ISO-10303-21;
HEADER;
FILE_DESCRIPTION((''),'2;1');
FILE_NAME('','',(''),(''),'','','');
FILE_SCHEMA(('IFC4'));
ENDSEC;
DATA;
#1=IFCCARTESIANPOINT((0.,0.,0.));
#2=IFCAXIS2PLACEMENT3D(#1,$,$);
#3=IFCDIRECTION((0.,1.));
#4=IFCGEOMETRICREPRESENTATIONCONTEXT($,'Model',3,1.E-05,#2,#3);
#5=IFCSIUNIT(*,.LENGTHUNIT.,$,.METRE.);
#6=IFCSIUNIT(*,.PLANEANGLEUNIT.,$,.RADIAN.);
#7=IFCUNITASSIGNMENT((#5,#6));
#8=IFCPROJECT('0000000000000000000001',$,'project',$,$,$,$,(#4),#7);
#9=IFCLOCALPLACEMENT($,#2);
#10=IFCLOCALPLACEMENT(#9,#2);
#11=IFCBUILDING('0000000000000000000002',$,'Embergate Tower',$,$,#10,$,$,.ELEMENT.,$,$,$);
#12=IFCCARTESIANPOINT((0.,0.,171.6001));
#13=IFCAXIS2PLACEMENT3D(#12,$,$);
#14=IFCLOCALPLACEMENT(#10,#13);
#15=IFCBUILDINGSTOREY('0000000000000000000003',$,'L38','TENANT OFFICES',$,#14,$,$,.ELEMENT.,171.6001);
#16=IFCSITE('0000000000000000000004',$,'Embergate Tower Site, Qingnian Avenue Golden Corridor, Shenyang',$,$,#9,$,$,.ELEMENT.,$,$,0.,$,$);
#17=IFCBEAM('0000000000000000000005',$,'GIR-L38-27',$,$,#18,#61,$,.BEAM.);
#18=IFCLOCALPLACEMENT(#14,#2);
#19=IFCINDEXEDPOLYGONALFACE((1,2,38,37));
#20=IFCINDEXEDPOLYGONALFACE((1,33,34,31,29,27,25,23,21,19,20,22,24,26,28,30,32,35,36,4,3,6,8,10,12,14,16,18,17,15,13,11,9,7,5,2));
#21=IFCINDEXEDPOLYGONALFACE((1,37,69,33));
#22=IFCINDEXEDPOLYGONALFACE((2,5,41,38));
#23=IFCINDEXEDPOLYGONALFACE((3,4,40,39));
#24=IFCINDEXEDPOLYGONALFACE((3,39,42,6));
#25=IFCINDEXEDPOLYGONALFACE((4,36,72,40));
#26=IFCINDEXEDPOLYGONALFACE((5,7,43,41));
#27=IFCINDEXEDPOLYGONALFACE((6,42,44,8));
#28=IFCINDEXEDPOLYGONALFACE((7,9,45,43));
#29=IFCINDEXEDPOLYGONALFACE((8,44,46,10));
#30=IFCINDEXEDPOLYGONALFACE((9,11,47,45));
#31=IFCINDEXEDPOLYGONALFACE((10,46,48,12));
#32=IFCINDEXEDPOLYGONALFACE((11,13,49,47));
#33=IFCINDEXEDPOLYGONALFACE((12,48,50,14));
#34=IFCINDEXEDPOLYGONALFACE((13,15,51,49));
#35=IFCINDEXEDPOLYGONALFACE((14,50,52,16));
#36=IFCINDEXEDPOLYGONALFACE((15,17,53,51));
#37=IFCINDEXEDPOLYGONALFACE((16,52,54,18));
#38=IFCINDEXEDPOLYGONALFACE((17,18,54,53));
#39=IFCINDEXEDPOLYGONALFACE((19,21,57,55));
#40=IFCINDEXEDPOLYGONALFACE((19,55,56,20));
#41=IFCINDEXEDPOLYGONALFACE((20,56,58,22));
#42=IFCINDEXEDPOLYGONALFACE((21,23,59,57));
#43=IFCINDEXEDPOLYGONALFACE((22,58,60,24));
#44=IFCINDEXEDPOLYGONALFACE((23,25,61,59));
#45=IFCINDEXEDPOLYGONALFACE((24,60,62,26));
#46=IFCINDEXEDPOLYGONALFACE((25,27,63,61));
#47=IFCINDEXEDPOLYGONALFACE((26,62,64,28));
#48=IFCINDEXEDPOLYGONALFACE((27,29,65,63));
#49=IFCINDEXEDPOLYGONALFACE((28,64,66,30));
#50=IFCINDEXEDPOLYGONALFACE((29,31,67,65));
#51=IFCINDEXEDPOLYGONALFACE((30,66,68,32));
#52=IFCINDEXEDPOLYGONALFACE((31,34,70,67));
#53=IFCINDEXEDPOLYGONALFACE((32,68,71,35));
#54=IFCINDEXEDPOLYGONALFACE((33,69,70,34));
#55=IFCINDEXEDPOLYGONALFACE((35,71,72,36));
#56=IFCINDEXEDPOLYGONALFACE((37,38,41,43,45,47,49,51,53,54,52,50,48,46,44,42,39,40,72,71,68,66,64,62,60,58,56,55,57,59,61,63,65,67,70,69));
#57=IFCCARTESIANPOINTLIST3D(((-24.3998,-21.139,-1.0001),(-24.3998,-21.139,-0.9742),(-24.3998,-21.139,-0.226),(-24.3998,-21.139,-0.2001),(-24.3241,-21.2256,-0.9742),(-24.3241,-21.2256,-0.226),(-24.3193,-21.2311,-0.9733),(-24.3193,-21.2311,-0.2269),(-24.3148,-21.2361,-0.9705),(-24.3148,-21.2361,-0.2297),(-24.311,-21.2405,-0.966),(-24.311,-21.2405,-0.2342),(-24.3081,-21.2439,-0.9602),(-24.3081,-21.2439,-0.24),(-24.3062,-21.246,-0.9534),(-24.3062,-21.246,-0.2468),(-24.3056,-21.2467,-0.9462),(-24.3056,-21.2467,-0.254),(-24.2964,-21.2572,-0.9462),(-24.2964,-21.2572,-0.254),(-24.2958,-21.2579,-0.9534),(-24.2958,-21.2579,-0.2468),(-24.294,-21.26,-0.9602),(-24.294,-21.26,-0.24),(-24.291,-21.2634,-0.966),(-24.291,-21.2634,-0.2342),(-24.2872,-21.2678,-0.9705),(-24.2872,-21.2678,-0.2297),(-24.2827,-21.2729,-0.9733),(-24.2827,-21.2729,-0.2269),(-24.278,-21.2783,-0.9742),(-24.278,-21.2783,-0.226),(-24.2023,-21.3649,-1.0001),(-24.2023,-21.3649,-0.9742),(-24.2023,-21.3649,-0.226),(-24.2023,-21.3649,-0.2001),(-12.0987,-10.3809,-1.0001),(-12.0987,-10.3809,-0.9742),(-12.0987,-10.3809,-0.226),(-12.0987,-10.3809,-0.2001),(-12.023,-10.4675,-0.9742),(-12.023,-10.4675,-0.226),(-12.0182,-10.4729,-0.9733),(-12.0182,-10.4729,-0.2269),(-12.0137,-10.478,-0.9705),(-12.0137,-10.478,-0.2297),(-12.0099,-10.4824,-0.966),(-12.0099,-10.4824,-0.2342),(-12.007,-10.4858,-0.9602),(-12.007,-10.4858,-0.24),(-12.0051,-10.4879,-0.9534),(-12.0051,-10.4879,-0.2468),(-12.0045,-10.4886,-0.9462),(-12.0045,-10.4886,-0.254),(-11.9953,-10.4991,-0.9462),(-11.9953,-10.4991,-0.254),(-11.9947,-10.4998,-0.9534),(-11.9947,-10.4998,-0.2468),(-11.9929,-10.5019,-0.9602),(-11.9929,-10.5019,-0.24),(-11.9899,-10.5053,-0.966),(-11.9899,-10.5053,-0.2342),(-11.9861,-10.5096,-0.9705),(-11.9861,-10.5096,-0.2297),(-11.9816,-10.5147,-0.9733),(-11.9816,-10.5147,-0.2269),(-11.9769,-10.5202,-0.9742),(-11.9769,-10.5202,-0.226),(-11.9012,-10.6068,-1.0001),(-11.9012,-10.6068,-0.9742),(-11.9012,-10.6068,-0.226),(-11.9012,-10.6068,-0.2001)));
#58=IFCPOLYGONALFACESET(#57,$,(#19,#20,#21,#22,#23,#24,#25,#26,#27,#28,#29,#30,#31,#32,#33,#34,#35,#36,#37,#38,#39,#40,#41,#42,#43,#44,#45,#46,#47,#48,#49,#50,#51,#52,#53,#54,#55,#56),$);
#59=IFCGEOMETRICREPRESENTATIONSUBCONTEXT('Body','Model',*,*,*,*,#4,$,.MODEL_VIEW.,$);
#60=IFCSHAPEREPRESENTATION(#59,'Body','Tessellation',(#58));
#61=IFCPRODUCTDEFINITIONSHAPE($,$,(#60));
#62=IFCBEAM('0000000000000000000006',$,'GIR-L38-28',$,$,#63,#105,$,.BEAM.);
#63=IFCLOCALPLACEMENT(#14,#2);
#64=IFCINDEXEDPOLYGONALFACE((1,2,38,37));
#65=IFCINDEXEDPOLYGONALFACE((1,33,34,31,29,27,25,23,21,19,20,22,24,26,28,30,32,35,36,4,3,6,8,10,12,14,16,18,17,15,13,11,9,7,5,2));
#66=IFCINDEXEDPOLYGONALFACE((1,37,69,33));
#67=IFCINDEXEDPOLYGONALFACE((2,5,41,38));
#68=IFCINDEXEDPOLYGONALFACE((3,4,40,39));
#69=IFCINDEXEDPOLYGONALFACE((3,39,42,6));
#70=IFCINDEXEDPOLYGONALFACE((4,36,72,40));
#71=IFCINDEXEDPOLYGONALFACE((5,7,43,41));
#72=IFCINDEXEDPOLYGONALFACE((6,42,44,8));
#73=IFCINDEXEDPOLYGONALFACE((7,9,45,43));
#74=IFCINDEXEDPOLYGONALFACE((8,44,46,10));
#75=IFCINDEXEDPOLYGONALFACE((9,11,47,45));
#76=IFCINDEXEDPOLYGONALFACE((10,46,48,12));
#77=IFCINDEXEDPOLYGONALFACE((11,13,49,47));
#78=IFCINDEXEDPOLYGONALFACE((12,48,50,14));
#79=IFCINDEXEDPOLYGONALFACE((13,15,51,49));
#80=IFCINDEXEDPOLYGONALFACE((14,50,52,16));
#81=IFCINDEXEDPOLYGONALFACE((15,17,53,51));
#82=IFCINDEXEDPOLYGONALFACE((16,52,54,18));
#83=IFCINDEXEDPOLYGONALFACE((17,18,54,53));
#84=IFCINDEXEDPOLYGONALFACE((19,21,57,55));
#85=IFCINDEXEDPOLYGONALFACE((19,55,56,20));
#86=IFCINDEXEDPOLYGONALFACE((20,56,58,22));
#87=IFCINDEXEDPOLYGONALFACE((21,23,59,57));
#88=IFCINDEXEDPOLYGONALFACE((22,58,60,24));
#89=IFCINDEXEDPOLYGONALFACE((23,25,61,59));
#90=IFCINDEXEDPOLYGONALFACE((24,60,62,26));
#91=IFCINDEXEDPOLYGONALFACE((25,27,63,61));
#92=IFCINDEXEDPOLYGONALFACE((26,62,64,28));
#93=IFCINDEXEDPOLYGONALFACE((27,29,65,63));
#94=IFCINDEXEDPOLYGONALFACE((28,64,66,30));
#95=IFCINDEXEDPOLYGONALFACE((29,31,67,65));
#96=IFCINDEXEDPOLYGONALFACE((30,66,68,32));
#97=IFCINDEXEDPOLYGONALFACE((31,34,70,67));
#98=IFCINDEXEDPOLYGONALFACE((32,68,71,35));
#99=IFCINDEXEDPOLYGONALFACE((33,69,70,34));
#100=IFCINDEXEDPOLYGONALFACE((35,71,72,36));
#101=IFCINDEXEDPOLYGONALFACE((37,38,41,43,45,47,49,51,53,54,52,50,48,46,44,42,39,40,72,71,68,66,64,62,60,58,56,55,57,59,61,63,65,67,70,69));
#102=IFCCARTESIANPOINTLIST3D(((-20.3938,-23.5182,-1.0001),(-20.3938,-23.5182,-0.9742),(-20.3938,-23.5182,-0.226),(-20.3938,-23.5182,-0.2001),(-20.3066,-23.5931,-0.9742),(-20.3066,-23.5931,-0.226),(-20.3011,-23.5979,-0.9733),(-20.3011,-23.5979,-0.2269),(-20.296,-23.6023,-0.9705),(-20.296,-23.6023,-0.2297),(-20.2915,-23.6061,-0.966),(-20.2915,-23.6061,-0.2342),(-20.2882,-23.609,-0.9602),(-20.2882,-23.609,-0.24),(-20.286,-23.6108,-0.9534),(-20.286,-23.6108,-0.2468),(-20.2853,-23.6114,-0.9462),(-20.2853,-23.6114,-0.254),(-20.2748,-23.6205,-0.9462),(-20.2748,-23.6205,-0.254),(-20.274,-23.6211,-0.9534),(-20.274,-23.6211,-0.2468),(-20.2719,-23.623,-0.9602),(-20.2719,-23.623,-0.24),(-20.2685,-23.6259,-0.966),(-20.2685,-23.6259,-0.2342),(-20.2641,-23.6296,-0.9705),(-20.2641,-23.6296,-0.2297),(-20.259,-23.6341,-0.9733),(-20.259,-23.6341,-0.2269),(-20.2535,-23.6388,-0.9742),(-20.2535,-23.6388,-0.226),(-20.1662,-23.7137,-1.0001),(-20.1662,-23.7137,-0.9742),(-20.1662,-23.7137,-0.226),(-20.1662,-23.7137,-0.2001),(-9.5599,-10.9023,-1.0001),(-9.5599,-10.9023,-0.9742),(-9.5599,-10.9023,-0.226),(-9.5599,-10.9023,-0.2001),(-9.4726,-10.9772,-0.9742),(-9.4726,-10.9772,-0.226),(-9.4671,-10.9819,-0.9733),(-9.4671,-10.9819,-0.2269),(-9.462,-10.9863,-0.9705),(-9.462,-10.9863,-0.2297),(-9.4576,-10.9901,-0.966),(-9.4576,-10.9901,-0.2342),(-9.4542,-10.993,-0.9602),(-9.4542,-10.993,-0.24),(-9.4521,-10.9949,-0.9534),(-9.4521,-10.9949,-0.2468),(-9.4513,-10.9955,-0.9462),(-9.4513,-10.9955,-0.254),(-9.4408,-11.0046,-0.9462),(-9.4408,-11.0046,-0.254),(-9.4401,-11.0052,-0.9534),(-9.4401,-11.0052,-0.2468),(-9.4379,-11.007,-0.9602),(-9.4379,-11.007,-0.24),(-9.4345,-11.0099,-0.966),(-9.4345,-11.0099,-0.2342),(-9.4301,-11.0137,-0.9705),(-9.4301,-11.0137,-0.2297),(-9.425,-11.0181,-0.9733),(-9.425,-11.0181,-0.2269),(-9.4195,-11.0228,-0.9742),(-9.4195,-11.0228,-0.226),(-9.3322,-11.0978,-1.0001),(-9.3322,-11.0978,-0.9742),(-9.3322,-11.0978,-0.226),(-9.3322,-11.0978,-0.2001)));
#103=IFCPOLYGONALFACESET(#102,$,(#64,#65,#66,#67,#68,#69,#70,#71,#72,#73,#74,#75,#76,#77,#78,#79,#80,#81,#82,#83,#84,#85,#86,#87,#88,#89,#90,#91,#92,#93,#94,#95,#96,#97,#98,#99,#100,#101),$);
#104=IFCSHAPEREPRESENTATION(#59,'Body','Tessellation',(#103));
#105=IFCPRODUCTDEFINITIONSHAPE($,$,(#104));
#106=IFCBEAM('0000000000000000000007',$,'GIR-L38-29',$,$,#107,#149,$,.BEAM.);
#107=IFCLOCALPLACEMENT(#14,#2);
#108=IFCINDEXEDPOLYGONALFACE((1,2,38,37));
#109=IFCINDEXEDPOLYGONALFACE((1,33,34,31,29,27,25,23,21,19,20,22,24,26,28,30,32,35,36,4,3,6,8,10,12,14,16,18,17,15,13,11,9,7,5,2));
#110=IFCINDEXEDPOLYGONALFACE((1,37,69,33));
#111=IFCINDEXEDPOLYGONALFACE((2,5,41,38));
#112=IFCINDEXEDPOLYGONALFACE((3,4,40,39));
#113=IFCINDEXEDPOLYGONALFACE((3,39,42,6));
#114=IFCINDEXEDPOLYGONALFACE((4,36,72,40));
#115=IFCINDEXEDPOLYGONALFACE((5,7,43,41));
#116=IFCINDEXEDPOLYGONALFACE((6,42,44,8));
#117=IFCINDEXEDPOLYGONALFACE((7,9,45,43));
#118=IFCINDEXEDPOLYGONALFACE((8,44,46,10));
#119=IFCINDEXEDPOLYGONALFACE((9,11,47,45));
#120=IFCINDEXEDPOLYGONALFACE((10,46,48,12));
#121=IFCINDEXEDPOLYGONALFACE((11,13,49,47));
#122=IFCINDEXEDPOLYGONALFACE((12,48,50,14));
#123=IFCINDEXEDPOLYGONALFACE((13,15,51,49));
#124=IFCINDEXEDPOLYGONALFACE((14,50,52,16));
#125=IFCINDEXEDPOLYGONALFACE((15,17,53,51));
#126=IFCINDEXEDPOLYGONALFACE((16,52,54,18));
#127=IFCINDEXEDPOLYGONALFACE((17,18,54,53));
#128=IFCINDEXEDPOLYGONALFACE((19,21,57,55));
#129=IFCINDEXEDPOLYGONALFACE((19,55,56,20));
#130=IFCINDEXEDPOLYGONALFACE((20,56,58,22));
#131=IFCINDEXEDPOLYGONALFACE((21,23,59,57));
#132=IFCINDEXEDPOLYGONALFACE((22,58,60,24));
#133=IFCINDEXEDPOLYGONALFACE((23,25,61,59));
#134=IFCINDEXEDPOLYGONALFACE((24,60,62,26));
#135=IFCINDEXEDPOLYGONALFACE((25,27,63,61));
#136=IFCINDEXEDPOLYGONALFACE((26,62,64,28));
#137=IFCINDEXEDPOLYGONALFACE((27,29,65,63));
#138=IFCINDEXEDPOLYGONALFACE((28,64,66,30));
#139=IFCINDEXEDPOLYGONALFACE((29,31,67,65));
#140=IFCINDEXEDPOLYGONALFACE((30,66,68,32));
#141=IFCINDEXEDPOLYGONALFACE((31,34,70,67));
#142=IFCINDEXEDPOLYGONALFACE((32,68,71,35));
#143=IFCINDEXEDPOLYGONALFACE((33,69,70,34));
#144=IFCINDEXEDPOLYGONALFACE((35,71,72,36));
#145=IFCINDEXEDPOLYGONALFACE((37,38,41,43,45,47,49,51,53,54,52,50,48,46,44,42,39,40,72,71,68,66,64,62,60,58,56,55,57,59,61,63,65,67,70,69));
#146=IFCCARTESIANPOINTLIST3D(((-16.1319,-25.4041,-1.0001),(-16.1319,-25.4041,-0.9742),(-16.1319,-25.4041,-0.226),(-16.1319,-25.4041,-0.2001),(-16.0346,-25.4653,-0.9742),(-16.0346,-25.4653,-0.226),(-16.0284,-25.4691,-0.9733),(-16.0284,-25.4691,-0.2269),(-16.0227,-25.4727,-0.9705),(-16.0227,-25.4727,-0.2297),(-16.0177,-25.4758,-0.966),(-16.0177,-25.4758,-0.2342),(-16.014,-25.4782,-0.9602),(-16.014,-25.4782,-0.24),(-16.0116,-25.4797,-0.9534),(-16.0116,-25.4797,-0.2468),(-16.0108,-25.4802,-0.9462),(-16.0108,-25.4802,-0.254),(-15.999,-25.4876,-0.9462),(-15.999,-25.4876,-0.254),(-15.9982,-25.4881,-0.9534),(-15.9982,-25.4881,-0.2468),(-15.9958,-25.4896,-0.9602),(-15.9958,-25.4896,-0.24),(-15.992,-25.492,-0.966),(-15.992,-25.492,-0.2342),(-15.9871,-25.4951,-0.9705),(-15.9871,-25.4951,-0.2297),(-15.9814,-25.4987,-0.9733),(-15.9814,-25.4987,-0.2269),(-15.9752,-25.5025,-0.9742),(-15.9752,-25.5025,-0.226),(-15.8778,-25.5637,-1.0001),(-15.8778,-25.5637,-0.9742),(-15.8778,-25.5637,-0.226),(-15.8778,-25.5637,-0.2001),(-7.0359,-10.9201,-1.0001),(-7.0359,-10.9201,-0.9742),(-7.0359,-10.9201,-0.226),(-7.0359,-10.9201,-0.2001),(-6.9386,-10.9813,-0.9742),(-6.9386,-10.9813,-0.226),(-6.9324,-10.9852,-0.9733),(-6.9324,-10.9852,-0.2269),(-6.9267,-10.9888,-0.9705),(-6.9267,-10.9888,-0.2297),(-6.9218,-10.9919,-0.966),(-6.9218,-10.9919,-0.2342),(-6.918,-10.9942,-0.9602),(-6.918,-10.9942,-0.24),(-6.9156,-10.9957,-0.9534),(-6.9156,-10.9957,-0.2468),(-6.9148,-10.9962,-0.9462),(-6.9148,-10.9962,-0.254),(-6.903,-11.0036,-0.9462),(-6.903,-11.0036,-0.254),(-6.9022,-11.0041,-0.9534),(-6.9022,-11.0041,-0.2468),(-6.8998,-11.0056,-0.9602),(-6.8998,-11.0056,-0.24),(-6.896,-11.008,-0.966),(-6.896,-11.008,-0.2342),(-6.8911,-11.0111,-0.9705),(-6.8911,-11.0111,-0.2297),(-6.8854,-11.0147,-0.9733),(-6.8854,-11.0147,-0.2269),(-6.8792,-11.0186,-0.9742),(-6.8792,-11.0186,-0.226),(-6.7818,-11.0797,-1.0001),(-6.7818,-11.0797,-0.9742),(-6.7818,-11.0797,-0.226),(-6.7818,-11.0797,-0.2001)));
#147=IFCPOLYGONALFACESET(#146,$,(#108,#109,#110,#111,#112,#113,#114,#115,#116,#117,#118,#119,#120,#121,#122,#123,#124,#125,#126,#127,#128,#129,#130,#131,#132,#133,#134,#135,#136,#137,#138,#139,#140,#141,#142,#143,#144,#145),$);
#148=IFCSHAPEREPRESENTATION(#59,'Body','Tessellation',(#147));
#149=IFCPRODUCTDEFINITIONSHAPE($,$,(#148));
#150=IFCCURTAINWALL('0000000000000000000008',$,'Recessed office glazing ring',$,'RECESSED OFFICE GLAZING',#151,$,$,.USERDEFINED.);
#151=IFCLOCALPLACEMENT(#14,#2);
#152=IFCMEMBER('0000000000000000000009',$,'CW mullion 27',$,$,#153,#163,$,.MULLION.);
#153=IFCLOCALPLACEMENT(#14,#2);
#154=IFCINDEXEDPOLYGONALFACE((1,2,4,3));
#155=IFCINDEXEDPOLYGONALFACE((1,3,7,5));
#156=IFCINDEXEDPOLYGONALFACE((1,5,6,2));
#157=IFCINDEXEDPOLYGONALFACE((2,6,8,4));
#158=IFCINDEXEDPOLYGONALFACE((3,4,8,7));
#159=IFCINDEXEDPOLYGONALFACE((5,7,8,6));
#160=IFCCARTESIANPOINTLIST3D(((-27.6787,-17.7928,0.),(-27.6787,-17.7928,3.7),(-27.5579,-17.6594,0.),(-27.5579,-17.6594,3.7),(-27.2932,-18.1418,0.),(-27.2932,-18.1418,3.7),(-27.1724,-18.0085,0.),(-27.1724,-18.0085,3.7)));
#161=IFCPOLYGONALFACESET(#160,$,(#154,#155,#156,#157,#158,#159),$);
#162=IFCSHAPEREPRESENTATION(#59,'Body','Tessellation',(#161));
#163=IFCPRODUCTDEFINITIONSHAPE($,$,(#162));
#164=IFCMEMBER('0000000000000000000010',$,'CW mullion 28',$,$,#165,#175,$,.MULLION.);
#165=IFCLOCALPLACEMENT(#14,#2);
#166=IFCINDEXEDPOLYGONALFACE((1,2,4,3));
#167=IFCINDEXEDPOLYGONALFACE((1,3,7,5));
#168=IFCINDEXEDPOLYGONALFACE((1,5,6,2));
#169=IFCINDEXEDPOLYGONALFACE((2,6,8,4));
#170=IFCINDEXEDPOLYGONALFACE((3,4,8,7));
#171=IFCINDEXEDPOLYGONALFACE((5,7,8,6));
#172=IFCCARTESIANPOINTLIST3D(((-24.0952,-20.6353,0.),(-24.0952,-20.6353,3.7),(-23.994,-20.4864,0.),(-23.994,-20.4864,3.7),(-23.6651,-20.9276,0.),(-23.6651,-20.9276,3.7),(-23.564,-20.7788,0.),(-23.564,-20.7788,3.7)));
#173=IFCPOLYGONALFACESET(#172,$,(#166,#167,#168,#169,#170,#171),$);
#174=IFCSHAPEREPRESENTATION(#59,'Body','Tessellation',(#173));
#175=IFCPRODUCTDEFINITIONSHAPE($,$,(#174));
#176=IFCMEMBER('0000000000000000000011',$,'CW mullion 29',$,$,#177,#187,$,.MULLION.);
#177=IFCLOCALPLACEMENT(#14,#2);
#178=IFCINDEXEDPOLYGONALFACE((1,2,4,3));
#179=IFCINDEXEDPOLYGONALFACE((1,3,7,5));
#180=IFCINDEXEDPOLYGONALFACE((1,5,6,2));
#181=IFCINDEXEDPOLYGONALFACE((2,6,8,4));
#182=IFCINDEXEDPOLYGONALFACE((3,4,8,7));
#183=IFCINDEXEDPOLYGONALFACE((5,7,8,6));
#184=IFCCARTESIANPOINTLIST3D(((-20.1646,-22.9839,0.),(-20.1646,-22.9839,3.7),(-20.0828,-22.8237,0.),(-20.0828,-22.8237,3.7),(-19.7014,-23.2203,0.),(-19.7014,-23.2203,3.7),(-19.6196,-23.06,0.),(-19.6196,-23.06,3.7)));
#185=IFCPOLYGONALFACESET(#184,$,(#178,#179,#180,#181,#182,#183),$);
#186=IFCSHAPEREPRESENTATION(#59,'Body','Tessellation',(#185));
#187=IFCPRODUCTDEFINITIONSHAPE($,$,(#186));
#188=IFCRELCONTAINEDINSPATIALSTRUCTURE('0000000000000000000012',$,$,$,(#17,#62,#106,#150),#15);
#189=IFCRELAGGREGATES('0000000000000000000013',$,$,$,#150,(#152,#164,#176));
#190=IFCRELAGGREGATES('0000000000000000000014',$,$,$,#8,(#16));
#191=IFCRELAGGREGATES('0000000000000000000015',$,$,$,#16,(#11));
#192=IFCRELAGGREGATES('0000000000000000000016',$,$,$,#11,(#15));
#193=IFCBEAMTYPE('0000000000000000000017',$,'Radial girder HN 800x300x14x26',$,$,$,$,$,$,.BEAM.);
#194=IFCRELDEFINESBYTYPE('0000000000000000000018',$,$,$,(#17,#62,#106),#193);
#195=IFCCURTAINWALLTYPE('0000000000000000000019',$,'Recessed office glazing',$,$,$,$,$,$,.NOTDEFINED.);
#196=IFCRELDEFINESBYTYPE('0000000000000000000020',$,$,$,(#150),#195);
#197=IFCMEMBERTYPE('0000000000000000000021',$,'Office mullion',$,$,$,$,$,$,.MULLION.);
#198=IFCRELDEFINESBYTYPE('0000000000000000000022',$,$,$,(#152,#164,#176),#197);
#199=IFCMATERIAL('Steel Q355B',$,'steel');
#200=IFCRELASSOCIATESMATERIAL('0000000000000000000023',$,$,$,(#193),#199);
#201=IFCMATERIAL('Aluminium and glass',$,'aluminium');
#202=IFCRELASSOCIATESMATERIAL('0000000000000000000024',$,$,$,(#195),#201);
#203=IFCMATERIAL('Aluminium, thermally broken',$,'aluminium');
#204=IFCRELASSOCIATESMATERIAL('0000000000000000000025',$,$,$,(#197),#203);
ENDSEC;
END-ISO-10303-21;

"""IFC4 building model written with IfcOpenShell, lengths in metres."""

from ifc_helpers import new_model, si_unit, direction, frame, origin, origin_2d, place, context, subcontext, project, spatial, rectangle, i_section, extrude, source, transform, mapped, material, material_profile, profile_set, type_object, element, aggregate, save


model = new_model("IFC4")

# Units and contexts
model_context = context("Model", 3, precision=1e-05, world=origin(), true_north=direction((0.0, 1.0)))
body_context = subcontext(model_context, "Body", "Model", "MODEL_VIEW")
ifc_project = project(units=[si_unit("LENGTHUNIT", "METRE"), si_unit("PLANEANGLEUNIT", "RADIAN")], contexts=[model_context])

# Site, building, storey
site_placement = place(None, origin())
site = spatial("IfcSite", under=ifc_project, at=site_placement, Name="Embergate Tower Site, Qingnian Avenue Golden Corridor, Shenyang", CompositionType="ELEMENT", RefElevation=0.0)
building_placement = place(site_placement, origin())
building = spatial("IfcBuilding", under=site, at=building_placement, Name="Embergate Tower", CompositionType="ELEMENT")
storey_placement = place(building_placement, frame((0.0, 0.0, 171.6001)))
storey = spatial("IfcBuildingStorey", under=building, at=storey_placement, Name="L38", Description="TENANT OFFICES", CompositionType="ELEMENT", Elevation=171.6001)

# Beams
ifc_material_1 = material(Name="Steel Q355B", Category="steel")
ifc_material_profile_1 = material_profile(ifc_material_1, i_section(OverallWidth=0.3, OverallDepth=0.8, WebThickness=0.0139, FlangeThickness=0.0259, FilletRadius=0.0281, at=origin_2d()), Name="HN 800x300x14x26")
ifc_profile_set_1 = profile_set([ifc_material_profile_1], Name="Steel Q355 grade B")
beam_type_1 = type_object("IfcBeamType", Name="Radial girder HN 800x300x14x26", PredefinedType="BEAM", material=ifc_profile_set_1)
shared_shape_1 = source(origin(), body_context, "Body", "SweptSolid", [
    extrude(i_section(OverallWidth=0.3, OverallDepth=0.8, WebThickness=0.0139, FlangeThickness=0.0259, FilletRadius=0.0281, at=origin_2d()), origin(), (0.0, 0.0, 1.0), 16.3418),
])
beam_1_placement = place(storey_placement, frame((-24.301, -21.252, -0.6001), z_axis=(0.752739, 0.658319, 0.0), x_axis=(-0.658319, 0.752739, 0.0)))
element("IfcBeam", 1, at=beam_1_placement, inside=storey, type_object=beam_type_1, Name="GIR-L38-27", PredefinedType="BEAM", context=body_context, shape_type="MappedRepresentation", body=[
    mapped(shared_shape_1, transform((0.0, 0.0, 0.0))),
])
shared_shape_2 = source(origin(), body_context, "Body", "SweptSolid", [
    extrude(i_section(OverallWidth=0.3, OverallDepth=0.8, WebThickness=0.0139, FlangeThickness=0.0259, FilletRadius=0.0281, at=origin_2d()), origin(), (0.0, 0.0, 1.0), 16.6294),
])
beam_2_placement = place(storey_placement, frame((-20.28, -23.616, -0.6001), z_axis=(0.651495, 0.758653, 0.0), x_axis=(-0.758653, 0.651495, 0.0)))
element("IfcBeam", 2, at=beam_2_placement, inside=storey, type_object=beam_type_1, Name="GIR-L38-28", PredefinedType="BEAM", context=body_context, shape_type="MappedRepresentation", body=[
    mapped(shared_shape_2, transform((0.0, 0.0, 0.0))),
])
shared_shape_3 = source(origin(), body_context, "Body", "SweptSolid", [
    extrude(i_section(OverallWidth=0.3, OverallDepth=0.8, WebThickness=0.0139, FlangeThickness=0.0259, FilletRadius=0.0281, at=origin_2d()), origin(), (0.0, 0.0, 1.0), 17.1033),
])
beam_3_placement = place(storey_placement, frame((-16.0049, -25.4839, -0.6001), z_axis=(0.531827, 0.846853, 0.0), x_axis=(-0.846853, 0.531827, 0.0)))
element("IfcBeam", 3, at=beam_3_placement, inside=storey, type_object=beam_type_1, Name="GIR-L38-29", PredefinedType="BEAM", context=body_context, shape_type="MappedRepresentation", body=[
    mapped(shared_shape_3, transform((0.0, 0.0, 0.0))),
])

# Curtain wall, members
ifc_material_2 = material(Name="Aluminium and glass", Category="aluminium")
curtain_wall_type = type_object("IfcCurtainWallType", Name="Recessed office glazing", PredefinedType="NOTDEFINED", material=ifc_material_2)
curtain_wall_placement = place(storey_placement, origin())
curtain_wall = element("IfcCurtainWall", 4, at=curtain_wall_placement, inside=storey, type_object=curtain_wall_type, Name="Recessed office glazing ring", ObjectType="RECESSED OFFICE GLAZING", PredefinedType="USERDEFINED")
ifc_material_3 = material(Name="Aluminium, thermally broken", Category="aluminium")
ifc_material_profile_2 = material_profile(ifc_material_3, rectangle(XDim=0.1799, YDim=0.52, at=origin_2d()), Name="AL 520x180")
ifc_profile_set_2 = profile_set([ifc_material_profile_2], Name="Aluminium, thermally broken")
member_type_1 = type_object("IfcMemberType", Name="Office mullion", PredefinedType="MULLION", material=ifc_profile_set_2)
shared_shape_4 = source(origin(), body_context, "Body", "SweptSolid", [
    extrude(rectangle(XDim=0.1799, YDim=0.52, at=origin_2d()), origin(), (0.0, 0.0, 1.0), 3.7),
])
member_1_placement = place(storey_placement, frame((-27.4255, -17.9006, 0.0), z_axis=(0.0, 0.0, 1.0), x_axis=(0.671221, 0.741257, 0.0)))
member_1 = element("IfcMember", 5, at=member_1_placement, type_object=member_type_1, Name="CW mullion 27", PredefinedType="MULLION", context=body_context, shape_type="MappedRepresentation", body=[
    mapped(shared_shape_4, transform((0.0, 0.0, 0.0))),
])
member_2_placement = place(storey_placement, frame((-23.8296, -20.707, 0.0), z_axis=(0.0, 0.0, 1.0), x_axis=(0.56221, 0.826994, 0.0)))
member_2 = element("IfcMember", 6, at=member_2_placement, type_object=member_type_1, Name="CW mullion 28", PredefinedType="MULLION", context=body_context, shape_type="MappedRepresentation", body=[
    mapped(shared_shape_4, transform((0.0, 0.0, 0.0))),
])
member_3_placement = place(storey_placement, frame((-19.8921, -23.022, 0.0), z_axis=(0.0, 0.0, 1.0), x_axis=(0.454505, 0.890744, 0.0)))
member_3 = element("IfcMember", 7, at=member_3_placement, type_object=member_type_1, Name="CW mullion 29", PredefinedType="MULLION", context=body_context, shape_type="MappedRepresentation", body=[
    mapped(shared_shape_4, transform((0.0, 0.0, 0.0))),
])
aggregate(curtain_wall, [member_1, member_2, member_3])

save(model, "model.ifc")
